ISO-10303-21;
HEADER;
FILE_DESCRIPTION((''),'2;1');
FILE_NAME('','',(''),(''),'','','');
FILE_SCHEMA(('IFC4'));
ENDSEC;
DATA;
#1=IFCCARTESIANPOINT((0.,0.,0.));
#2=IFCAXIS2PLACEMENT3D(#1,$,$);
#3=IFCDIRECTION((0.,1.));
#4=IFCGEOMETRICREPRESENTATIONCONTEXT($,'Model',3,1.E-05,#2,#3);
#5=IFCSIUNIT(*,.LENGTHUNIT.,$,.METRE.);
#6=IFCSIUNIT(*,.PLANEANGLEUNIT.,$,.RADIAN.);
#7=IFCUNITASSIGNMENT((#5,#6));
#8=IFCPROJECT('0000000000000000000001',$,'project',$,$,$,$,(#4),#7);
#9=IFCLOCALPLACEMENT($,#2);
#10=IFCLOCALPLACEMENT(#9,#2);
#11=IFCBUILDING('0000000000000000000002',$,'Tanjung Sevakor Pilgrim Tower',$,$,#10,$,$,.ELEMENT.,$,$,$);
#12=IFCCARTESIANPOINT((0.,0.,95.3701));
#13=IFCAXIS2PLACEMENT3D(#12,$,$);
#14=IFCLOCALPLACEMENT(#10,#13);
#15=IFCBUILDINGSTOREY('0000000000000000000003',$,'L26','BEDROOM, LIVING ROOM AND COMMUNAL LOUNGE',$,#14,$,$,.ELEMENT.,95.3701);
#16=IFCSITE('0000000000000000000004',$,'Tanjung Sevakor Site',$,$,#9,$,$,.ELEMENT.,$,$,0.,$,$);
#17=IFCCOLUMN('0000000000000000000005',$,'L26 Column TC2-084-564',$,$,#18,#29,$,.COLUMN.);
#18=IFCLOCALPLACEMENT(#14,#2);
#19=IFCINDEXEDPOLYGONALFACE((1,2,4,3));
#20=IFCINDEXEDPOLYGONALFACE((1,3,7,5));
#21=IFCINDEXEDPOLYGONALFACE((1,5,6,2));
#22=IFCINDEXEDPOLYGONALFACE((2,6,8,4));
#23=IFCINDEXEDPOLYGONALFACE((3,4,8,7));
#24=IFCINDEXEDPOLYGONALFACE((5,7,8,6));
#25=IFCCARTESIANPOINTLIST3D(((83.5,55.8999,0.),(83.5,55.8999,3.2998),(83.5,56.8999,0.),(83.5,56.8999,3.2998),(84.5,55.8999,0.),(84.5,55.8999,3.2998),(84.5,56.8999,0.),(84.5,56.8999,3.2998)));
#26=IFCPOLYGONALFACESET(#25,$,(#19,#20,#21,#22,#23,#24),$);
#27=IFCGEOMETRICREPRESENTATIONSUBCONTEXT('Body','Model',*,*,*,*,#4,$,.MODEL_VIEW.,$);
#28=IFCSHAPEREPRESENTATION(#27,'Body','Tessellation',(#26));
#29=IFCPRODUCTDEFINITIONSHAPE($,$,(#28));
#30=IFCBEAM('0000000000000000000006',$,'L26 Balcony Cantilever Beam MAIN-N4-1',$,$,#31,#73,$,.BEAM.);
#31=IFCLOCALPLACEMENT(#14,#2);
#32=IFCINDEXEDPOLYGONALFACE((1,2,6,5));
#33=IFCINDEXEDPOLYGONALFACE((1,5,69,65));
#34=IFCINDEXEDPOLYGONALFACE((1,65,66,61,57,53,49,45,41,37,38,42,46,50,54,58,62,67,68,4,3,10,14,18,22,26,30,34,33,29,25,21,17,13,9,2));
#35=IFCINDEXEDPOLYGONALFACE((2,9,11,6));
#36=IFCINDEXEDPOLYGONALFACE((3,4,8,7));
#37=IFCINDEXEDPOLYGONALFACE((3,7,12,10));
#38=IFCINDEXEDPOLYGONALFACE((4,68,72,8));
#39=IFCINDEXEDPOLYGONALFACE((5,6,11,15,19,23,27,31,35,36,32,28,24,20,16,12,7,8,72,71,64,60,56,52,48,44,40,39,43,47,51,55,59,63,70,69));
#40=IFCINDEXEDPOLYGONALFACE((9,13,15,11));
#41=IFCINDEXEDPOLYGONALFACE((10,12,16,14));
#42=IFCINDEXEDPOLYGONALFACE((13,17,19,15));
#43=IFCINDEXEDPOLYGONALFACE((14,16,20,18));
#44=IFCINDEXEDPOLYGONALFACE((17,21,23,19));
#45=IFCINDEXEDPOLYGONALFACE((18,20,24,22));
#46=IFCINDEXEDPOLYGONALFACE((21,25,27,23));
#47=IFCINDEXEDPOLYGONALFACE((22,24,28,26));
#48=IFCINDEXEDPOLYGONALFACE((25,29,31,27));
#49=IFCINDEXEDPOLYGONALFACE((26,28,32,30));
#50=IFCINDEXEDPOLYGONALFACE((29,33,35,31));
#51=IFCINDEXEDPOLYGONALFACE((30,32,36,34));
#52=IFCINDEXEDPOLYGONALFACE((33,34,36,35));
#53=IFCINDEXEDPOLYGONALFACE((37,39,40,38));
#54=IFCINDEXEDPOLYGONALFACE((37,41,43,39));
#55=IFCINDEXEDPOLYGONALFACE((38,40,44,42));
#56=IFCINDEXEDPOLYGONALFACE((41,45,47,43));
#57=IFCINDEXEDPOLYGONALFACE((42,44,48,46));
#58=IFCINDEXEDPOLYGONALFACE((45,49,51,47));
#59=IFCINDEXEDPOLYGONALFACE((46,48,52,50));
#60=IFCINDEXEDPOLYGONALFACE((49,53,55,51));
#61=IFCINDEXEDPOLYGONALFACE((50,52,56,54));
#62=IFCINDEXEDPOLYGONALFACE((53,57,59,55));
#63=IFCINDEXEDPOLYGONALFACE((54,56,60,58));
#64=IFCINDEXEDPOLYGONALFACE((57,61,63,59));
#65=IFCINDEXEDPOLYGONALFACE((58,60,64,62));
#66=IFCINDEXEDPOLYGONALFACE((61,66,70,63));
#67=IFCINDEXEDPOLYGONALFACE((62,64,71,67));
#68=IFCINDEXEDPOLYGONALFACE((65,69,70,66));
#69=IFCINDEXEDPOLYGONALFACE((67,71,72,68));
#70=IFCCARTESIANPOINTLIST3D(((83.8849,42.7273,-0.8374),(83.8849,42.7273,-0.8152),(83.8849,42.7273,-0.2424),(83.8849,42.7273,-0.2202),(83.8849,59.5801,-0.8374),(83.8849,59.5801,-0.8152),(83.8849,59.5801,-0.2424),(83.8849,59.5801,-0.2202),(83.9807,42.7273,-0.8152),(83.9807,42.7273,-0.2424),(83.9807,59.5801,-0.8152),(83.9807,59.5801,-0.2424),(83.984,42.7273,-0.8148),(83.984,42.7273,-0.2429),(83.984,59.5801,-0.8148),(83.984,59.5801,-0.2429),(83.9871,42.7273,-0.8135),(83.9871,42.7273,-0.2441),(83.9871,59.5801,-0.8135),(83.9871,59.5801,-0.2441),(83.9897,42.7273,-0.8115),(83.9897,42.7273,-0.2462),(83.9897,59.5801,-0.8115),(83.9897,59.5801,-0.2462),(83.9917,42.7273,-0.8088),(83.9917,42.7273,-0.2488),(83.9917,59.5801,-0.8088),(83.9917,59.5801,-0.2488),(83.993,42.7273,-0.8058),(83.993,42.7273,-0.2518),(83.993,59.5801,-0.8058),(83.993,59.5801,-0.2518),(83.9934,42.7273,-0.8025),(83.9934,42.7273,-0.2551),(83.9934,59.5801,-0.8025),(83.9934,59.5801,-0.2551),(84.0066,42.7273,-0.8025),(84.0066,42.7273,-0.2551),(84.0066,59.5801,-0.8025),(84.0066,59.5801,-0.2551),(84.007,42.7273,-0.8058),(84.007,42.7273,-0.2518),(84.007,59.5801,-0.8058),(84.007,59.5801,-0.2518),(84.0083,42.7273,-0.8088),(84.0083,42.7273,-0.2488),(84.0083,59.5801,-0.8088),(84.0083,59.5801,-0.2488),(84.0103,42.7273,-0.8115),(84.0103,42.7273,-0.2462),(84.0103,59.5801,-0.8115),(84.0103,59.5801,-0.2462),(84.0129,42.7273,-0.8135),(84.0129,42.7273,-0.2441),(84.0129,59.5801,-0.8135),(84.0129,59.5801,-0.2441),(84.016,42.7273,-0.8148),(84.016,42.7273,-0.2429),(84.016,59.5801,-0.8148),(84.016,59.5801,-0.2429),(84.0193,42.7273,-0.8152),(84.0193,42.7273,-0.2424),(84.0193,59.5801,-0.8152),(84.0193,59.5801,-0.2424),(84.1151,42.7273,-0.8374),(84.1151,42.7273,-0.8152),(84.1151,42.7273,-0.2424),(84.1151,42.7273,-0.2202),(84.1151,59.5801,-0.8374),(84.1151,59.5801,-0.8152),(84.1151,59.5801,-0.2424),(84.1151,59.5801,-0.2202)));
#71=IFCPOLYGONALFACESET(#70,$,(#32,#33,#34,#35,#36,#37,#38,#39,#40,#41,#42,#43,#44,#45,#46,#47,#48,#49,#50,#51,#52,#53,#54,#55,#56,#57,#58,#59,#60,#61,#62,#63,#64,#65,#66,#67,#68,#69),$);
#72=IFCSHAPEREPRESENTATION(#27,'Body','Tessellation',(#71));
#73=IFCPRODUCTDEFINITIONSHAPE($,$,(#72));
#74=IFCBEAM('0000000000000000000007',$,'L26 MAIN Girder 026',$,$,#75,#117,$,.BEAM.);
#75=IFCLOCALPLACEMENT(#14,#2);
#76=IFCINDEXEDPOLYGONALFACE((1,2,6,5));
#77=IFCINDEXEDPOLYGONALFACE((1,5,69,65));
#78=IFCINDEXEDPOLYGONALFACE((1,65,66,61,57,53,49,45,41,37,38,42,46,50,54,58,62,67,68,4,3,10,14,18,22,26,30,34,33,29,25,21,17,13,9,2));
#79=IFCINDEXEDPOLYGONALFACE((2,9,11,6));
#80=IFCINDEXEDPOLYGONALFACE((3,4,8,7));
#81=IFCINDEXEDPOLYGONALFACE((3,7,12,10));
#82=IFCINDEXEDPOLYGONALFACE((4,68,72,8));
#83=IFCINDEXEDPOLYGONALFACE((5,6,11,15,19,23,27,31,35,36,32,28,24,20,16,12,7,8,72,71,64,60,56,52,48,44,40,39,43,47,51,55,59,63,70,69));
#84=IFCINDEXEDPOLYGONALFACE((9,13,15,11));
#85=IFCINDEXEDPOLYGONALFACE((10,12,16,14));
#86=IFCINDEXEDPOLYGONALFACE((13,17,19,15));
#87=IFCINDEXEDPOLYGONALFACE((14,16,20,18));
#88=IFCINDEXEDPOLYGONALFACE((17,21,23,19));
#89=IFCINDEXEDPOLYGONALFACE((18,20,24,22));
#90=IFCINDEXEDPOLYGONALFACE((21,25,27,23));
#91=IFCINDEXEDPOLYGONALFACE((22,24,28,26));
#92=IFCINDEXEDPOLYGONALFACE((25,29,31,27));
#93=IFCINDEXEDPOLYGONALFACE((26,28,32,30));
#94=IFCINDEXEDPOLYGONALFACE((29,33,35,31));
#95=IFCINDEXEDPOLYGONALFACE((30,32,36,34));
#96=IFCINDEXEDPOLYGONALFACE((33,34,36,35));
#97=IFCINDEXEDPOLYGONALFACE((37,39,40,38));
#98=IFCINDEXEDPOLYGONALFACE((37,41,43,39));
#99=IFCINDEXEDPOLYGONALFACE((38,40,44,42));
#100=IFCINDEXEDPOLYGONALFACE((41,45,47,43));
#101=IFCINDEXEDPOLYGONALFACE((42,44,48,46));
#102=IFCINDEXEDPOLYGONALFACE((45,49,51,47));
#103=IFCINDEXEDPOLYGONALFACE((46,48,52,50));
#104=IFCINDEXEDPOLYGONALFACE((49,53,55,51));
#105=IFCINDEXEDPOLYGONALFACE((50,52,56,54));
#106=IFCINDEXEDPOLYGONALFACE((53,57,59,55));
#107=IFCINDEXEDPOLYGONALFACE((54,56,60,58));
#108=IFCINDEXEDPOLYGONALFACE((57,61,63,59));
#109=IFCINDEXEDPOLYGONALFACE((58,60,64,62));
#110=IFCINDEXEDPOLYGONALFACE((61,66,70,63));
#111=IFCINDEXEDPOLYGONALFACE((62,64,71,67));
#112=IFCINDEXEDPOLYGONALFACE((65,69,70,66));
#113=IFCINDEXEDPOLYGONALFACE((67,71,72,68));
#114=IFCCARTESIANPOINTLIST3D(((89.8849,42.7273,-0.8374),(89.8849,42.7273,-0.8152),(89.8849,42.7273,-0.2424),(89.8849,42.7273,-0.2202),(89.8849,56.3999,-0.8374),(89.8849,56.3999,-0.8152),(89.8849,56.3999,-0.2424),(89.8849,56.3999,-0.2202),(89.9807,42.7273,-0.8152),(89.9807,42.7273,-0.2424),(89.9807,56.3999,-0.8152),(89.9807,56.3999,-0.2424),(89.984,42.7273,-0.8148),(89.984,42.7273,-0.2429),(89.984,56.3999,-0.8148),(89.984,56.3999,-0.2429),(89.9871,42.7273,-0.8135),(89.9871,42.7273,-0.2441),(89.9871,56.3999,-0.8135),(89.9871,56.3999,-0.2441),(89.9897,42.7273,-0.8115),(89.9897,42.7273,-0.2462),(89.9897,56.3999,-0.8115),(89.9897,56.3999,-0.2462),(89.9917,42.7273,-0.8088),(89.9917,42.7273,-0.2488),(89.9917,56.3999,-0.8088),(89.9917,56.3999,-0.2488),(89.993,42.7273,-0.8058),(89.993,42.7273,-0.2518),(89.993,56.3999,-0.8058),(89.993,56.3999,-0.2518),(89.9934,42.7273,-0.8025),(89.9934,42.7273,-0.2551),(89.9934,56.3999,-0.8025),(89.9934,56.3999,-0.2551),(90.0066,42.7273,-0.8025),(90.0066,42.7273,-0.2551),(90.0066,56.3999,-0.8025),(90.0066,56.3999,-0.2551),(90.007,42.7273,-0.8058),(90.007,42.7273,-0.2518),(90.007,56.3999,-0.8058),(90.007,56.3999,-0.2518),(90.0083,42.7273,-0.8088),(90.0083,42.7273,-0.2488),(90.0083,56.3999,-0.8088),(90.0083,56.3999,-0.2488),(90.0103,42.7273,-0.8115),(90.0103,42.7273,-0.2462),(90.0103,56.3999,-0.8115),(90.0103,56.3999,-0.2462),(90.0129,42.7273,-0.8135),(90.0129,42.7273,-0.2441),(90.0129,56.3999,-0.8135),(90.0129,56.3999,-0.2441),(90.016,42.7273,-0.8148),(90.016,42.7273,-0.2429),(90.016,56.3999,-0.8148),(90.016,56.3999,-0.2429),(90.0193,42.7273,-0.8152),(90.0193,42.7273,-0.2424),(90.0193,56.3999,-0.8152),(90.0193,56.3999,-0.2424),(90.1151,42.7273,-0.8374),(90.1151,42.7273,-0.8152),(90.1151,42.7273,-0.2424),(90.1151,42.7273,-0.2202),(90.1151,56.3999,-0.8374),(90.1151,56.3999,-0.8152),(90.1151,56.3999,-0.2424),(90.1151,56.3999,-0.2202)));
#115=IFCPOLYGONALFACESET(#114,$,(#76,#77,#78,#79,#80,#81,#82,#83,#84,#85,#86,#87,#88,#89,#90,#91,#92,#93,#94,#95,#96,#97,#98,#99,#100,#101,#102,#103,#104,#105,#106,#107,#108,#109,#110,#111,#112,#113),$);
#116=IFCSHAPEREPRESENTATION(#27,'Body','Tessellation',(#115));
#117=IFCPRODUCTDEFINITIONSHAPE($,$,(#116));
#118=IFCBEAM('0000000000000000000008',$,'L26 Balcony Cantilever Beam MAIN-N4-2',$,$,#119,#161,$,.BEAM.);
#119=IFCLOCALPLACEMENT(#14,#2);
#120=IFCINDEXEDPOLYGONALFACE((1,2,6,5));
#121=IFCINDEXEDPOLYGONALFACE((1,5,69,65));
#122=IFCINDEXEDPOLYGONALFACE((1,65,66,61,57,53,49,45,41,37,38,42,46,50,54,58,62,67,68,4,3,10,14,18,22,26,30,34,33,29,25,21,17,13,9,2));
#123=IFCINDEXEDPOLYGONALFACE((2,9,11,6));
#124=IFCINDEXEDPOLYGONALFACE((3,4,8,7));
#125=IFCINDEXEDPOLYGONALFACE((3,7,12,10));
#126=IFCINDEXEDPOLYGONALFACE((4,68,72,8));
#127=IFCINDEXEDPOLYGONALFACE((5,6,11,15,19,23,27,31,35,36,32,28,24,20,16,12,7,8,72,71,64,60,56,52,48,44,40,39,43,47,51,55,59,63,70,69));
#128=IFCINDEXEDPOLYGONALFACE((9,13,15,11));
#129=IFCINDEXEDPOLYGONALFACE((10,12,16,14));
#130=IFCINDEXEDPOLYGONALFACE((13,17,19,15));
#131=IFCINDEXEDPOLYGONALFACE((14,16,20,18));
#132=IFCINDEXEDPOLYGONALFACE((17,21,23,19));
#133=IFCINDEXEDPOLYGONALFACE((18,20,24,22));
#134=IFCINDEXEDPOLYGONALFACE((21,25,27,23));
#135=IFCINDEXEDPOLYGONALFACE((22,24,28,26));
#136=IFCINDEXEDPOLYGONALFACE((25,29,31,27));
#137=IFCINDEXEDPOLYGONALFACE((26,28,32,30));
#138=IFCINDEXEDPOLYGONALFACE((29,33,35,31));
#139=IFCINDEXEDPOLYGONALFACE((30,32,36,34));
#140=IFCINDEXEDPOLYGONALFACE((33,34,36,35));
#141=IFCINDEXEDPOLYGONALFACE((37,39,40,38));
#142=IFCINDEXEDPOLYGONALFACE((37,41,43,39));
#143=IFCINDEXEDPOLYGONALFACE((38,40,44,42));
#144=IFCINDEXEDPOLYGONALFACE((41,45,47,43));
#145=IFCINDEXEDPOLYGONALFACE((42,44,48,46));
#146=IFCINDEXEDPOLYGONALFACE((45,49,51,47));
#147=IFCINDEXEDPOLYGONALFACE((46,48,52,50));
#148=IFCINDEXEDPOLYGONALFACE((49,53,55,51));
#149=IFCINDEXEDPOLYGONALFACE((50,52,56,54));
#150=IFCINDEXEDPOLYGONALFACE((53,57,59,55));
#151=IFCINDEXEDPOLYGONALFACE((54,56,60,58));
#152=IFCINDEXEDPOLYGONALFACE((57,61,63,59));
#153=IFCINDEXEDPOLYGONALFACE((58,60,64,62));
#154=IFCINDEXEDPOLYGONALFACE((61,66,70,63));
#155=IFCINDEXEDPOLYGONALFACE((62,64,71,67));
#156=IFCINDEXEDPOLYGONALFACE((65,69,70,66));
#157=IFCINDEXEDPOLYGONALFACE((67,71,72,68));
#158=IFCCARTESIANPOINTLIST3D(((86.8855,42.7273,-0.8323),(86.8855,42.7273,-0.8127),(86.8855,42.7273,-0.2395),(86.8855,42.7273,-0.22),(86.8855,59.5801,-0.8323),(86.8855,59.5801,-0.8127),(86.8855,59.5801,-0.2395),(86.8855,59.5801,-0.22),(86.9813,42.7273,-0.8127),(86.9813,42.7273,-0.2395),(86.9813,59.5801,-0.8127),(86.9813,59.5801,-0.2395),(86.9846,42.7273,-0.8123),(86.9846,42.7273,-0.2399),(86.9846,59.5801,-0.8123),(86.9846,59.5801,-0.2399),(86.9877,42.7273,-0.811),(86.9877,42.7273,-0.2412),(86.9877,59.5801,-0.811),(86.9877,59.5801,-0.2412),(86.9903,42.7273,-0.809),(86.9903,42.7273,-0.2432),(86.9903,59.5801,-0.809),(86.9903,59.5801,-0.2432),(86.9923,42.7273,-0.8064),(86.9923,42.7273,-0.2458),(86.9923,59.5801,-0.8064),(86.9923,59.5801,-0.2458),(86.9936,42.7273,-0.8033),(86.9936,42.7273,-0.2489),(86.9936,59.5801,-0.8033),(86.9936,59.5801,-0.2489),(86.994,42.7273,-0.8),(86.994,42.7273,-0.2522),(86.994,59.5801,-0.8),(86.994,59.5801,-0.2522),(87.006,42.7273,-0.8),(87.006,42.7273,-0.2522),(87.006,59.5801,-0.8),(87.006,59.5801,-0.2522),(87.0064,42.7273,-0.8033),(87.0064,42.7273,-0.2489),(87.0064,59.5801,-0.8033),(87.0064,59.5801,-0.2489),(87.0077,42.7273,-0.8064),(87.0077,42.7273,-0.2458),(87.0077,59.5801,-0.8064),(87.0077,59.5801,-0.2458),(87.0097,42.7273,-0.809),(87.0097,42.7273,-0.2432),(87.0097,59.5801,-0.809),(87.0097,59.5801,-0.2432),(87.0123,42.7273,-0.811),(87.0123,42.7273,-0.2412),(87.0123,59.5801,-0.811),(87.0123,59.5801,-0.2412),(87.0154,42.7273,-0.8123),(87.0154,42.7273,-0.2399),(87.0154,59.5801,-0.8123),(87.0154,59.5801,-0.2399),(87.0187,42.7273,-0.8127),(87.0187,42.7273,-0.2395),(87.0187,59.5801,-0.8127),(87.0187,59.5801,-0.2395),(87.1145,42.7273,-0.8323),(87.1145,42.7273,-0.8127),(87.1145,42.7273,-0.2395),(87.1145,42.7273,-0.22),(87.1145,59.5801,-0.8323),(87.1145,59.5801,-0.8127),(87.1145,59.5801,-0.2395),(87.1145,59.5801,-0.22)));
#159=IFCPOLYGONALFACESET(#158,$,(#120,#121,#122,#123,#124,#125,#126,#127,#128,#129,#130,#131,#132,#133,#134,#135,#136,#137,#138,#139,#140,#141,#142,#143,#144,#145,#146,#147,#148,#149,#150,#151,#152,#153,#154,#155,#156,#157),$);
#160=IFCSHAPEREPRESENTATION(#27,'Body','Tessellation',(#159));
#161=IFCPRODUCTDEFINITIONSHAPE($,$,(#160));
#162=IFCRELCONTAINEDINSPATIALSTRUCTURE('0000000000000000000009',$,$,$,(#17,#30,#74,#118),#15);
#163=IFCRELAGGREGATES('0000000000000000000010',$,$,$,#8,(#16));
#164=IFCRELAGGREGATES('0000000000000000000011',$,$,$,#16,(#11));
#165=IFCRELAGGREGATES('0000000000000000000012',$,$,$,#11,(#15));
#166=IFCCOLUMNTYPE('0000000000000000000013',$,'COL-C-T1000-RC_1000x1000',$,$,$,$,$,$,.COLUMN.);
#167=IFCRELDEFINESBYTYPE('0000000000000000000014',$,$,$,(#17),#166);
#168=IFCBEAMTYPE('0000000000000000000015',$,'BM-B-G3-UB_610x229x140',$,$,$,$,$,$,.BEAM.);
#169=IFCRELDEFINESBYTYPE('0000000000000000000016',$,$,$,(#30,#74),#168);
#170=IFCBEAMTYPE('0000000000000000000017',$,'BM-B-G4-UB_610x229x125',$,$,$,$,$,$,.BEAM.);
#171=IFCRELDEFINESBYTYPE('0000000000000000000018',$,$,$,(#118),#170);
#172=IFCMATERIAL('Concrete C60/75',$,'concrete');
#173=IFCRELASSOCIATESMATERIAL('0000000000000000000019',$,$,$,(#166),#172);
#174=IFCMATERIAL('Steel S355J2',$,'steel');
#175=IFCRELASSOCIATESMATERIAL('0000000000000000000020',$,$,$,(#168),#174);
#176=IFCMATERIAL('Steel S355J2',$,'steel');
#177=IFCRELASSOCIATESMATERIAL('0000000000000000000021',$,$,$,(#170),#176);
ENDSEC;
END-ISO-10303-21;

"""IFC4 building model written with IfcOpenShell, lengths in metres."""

from ifc_helpers import new_model, si_unit, direction, frame, origin, origin_2d, place, context, subcontext, project, spatial, rectangle, i_section, extrude, material, material_profile, profile_set, type_object, element, save


model = new_model("IFC4")

# Units and contexts
model_context = context("Model", 3, precision=1e-05, world=origin(), true_north=direction((0.0, 1.0)))
body_context = subcontext(model_context, "Body", "Model", "MODEL_VIEW")
ifc_project = project(units=[si_unit("LENGTHUNIT", "METRE"), si_unit("PLANEANGLEUNIT", "RADIAN")], contexts=[model_context])

# Site, building, storey
site_placement = place(None, origin())
site = spatial("IfcSite", under=ifc_project, at=site_placement, Name="Tanjung Sevakor Site", CompositionType="ELEMENT", RefElevation=0.0)
building_placement = place(site_placement, origin())
building = spatial("IfcBuilding", under=site, at=building_placement, Name="Tanjung Sevakor Pilgrim Tower", CompositionType="ELEMENT")
storey_placement = place(building_placement, frame((0.0, 0.0, 95.3701)))
storey = spatial("IfcBuildingStorey", under=building, at=storey_placement, Name="L26", Description="BEDROOM, LIVING ROOM AND COMMUNAL LOUNGE", CompositionType="ELEMENT", Elevation=95.3701)

# Column
ifc_material_1 = material(Name="Concrete C60/75", Category="concrete")
ifc_material_profile_1 = material_profile(ifc_material_1, rectangle(XDim=1.0, YDim=1.0, at=origin_2d()))
ifc_profile_set_1 = profile_set([ifc_material_profile_1], Name="Concrete C60/75")
column_type = type_object("IfcColumnType", Name="COL-C-T1000-RC_1000x1000", PredefinedType="COLUMN", material=ifc_profile_set_1)
column_placement = place(storey_placement, frame((84.0, 56.3999, 0.0), z_axis=(0.0, 0.0, 1.0), x_axis=(1.0, 0.0, 0.0)))
element("IfcColumn", 1, at=column_placement, inside=storey, type_object=column_type, Name="L26 Column TC2-084-564", PredefinedType="COLUMN", context=body_context, shape_type="SweptSolid", body=[
    extrude(rectangle(XDim=1.0, YDim=1.0, at=origin_2d()), origin(), (0.0, 0.0, 1.0), 3.2998),
])

# Beams
ifc_material_2 = material(Name="Steel S355J2", Category="steel")
ifc_material_profile_2 = material_profile(ifc_material_2, i_section(OverallWidth=0.2302, OverallDepth=0.6172, WebThickness=0.0132, FlangeThickness=0.0222, FilletRadius=0.0127, at=origin_2d()))
ifc_profile_set_2 = profile_set([ifc_material_profile_2], Name="Steel S355J2")
beam_type_1 = type_object("IfcBeamType", Name="BM-B-G3-UB_610x229x140", PredefinedType="BEAM", material=ifc_profile_set_2)
beam_1_placement = place(storey_placement, frame((84.0, 42.7273, -0.5288), z_axis=(0.0, 1.0, 0.0), x_axis=(-1.0, 0.0, 0.0)))
element("IfcBeam", 2, at=beam_1_placement, inside=storey, type_object=beam_type_1, Name="L26 Balcony Cantilever Beam MAIN-N4-1", PredefinedType="BEAM", context=body_context, shape_type="SweptSolid", body=[
    extrude(i_section(OverallWidth=0.2302, OverallDepth=0.6172, WebThickness=0.0132, FlangeThickness=0.0222, FilletRadius=0.0127, at=origin_2d()), origin(), (0.0, 0.0, 1.0), 16.8528),
])
beam_2_placement = place(storey_placement, frame((90.0, 42.7273, -0.5288), z_axis=(0.0, 1.0, 0.0), x_axis=(-1.0, 0.0, 0.0)))
element("IfcBeam", 3, at=beam_2_placement, inside=storey, type_object=beam_type_1, Name="L26 MAIN Girder 026", PredefinedType="BEAM", context=body_context, shape_type="SweptSolid", body=[
    extrude(i_section(OverallWidth=0.2302, OverallDepth=0.6172, WebThickness=0.0132, FlangeThickness=0.0222, FilletRadius=0.0127, at=origin_2d()), origin(), (0.0, 0.0, 1.0), 13.6726),
])
ifc_material_3 = material(Name="Steel S355J2", Category="steel")
ifc_material_profile_3 = material_profile(ifc_material_3, i_section(OverallWidth=0.229, OverallDepth=0.6123, WebThickness=0.012, FlangeThickness=0.0195, FilletRadius=0.0127, at=origin_2d()))
ifc_profile_set_3 = profile_set([ifc_material_profile_3], Name="Steel S355J2")
beam_type_2 = type_object("IfcBeamType", Name="BM-B-G4-UB_610x229x125", PredefinedType="BEAM", material=ifc_profile_set_3)
beam_3_placement = place(storey_placement, frame((87.0, 42.7273, -0.5261), z_axis=(0.0, 1.0, 0.0), x_axis=(-1.0, 0.0, 0.0)))
element("IfcBeam", 4, at=beam_3_placement, inside=storey, type_object=beam_type_2, Name="L26 Balcony Cantilever Beam MAIN-N4-2", PredefinedType="BEAM", context=body_context, shape_type="SweptSolid", body=[
    extrude(i_section(OverallWidth=0.229, OverallDepth=0.6123, WebThickness=0.012, FlangeThickness=0.0195, FilletRadius=0.0127, at=origin_2d()), origin(), (0.0, 0.0, 1.0), 16.8528),
])

save(model, "model.ifc")
